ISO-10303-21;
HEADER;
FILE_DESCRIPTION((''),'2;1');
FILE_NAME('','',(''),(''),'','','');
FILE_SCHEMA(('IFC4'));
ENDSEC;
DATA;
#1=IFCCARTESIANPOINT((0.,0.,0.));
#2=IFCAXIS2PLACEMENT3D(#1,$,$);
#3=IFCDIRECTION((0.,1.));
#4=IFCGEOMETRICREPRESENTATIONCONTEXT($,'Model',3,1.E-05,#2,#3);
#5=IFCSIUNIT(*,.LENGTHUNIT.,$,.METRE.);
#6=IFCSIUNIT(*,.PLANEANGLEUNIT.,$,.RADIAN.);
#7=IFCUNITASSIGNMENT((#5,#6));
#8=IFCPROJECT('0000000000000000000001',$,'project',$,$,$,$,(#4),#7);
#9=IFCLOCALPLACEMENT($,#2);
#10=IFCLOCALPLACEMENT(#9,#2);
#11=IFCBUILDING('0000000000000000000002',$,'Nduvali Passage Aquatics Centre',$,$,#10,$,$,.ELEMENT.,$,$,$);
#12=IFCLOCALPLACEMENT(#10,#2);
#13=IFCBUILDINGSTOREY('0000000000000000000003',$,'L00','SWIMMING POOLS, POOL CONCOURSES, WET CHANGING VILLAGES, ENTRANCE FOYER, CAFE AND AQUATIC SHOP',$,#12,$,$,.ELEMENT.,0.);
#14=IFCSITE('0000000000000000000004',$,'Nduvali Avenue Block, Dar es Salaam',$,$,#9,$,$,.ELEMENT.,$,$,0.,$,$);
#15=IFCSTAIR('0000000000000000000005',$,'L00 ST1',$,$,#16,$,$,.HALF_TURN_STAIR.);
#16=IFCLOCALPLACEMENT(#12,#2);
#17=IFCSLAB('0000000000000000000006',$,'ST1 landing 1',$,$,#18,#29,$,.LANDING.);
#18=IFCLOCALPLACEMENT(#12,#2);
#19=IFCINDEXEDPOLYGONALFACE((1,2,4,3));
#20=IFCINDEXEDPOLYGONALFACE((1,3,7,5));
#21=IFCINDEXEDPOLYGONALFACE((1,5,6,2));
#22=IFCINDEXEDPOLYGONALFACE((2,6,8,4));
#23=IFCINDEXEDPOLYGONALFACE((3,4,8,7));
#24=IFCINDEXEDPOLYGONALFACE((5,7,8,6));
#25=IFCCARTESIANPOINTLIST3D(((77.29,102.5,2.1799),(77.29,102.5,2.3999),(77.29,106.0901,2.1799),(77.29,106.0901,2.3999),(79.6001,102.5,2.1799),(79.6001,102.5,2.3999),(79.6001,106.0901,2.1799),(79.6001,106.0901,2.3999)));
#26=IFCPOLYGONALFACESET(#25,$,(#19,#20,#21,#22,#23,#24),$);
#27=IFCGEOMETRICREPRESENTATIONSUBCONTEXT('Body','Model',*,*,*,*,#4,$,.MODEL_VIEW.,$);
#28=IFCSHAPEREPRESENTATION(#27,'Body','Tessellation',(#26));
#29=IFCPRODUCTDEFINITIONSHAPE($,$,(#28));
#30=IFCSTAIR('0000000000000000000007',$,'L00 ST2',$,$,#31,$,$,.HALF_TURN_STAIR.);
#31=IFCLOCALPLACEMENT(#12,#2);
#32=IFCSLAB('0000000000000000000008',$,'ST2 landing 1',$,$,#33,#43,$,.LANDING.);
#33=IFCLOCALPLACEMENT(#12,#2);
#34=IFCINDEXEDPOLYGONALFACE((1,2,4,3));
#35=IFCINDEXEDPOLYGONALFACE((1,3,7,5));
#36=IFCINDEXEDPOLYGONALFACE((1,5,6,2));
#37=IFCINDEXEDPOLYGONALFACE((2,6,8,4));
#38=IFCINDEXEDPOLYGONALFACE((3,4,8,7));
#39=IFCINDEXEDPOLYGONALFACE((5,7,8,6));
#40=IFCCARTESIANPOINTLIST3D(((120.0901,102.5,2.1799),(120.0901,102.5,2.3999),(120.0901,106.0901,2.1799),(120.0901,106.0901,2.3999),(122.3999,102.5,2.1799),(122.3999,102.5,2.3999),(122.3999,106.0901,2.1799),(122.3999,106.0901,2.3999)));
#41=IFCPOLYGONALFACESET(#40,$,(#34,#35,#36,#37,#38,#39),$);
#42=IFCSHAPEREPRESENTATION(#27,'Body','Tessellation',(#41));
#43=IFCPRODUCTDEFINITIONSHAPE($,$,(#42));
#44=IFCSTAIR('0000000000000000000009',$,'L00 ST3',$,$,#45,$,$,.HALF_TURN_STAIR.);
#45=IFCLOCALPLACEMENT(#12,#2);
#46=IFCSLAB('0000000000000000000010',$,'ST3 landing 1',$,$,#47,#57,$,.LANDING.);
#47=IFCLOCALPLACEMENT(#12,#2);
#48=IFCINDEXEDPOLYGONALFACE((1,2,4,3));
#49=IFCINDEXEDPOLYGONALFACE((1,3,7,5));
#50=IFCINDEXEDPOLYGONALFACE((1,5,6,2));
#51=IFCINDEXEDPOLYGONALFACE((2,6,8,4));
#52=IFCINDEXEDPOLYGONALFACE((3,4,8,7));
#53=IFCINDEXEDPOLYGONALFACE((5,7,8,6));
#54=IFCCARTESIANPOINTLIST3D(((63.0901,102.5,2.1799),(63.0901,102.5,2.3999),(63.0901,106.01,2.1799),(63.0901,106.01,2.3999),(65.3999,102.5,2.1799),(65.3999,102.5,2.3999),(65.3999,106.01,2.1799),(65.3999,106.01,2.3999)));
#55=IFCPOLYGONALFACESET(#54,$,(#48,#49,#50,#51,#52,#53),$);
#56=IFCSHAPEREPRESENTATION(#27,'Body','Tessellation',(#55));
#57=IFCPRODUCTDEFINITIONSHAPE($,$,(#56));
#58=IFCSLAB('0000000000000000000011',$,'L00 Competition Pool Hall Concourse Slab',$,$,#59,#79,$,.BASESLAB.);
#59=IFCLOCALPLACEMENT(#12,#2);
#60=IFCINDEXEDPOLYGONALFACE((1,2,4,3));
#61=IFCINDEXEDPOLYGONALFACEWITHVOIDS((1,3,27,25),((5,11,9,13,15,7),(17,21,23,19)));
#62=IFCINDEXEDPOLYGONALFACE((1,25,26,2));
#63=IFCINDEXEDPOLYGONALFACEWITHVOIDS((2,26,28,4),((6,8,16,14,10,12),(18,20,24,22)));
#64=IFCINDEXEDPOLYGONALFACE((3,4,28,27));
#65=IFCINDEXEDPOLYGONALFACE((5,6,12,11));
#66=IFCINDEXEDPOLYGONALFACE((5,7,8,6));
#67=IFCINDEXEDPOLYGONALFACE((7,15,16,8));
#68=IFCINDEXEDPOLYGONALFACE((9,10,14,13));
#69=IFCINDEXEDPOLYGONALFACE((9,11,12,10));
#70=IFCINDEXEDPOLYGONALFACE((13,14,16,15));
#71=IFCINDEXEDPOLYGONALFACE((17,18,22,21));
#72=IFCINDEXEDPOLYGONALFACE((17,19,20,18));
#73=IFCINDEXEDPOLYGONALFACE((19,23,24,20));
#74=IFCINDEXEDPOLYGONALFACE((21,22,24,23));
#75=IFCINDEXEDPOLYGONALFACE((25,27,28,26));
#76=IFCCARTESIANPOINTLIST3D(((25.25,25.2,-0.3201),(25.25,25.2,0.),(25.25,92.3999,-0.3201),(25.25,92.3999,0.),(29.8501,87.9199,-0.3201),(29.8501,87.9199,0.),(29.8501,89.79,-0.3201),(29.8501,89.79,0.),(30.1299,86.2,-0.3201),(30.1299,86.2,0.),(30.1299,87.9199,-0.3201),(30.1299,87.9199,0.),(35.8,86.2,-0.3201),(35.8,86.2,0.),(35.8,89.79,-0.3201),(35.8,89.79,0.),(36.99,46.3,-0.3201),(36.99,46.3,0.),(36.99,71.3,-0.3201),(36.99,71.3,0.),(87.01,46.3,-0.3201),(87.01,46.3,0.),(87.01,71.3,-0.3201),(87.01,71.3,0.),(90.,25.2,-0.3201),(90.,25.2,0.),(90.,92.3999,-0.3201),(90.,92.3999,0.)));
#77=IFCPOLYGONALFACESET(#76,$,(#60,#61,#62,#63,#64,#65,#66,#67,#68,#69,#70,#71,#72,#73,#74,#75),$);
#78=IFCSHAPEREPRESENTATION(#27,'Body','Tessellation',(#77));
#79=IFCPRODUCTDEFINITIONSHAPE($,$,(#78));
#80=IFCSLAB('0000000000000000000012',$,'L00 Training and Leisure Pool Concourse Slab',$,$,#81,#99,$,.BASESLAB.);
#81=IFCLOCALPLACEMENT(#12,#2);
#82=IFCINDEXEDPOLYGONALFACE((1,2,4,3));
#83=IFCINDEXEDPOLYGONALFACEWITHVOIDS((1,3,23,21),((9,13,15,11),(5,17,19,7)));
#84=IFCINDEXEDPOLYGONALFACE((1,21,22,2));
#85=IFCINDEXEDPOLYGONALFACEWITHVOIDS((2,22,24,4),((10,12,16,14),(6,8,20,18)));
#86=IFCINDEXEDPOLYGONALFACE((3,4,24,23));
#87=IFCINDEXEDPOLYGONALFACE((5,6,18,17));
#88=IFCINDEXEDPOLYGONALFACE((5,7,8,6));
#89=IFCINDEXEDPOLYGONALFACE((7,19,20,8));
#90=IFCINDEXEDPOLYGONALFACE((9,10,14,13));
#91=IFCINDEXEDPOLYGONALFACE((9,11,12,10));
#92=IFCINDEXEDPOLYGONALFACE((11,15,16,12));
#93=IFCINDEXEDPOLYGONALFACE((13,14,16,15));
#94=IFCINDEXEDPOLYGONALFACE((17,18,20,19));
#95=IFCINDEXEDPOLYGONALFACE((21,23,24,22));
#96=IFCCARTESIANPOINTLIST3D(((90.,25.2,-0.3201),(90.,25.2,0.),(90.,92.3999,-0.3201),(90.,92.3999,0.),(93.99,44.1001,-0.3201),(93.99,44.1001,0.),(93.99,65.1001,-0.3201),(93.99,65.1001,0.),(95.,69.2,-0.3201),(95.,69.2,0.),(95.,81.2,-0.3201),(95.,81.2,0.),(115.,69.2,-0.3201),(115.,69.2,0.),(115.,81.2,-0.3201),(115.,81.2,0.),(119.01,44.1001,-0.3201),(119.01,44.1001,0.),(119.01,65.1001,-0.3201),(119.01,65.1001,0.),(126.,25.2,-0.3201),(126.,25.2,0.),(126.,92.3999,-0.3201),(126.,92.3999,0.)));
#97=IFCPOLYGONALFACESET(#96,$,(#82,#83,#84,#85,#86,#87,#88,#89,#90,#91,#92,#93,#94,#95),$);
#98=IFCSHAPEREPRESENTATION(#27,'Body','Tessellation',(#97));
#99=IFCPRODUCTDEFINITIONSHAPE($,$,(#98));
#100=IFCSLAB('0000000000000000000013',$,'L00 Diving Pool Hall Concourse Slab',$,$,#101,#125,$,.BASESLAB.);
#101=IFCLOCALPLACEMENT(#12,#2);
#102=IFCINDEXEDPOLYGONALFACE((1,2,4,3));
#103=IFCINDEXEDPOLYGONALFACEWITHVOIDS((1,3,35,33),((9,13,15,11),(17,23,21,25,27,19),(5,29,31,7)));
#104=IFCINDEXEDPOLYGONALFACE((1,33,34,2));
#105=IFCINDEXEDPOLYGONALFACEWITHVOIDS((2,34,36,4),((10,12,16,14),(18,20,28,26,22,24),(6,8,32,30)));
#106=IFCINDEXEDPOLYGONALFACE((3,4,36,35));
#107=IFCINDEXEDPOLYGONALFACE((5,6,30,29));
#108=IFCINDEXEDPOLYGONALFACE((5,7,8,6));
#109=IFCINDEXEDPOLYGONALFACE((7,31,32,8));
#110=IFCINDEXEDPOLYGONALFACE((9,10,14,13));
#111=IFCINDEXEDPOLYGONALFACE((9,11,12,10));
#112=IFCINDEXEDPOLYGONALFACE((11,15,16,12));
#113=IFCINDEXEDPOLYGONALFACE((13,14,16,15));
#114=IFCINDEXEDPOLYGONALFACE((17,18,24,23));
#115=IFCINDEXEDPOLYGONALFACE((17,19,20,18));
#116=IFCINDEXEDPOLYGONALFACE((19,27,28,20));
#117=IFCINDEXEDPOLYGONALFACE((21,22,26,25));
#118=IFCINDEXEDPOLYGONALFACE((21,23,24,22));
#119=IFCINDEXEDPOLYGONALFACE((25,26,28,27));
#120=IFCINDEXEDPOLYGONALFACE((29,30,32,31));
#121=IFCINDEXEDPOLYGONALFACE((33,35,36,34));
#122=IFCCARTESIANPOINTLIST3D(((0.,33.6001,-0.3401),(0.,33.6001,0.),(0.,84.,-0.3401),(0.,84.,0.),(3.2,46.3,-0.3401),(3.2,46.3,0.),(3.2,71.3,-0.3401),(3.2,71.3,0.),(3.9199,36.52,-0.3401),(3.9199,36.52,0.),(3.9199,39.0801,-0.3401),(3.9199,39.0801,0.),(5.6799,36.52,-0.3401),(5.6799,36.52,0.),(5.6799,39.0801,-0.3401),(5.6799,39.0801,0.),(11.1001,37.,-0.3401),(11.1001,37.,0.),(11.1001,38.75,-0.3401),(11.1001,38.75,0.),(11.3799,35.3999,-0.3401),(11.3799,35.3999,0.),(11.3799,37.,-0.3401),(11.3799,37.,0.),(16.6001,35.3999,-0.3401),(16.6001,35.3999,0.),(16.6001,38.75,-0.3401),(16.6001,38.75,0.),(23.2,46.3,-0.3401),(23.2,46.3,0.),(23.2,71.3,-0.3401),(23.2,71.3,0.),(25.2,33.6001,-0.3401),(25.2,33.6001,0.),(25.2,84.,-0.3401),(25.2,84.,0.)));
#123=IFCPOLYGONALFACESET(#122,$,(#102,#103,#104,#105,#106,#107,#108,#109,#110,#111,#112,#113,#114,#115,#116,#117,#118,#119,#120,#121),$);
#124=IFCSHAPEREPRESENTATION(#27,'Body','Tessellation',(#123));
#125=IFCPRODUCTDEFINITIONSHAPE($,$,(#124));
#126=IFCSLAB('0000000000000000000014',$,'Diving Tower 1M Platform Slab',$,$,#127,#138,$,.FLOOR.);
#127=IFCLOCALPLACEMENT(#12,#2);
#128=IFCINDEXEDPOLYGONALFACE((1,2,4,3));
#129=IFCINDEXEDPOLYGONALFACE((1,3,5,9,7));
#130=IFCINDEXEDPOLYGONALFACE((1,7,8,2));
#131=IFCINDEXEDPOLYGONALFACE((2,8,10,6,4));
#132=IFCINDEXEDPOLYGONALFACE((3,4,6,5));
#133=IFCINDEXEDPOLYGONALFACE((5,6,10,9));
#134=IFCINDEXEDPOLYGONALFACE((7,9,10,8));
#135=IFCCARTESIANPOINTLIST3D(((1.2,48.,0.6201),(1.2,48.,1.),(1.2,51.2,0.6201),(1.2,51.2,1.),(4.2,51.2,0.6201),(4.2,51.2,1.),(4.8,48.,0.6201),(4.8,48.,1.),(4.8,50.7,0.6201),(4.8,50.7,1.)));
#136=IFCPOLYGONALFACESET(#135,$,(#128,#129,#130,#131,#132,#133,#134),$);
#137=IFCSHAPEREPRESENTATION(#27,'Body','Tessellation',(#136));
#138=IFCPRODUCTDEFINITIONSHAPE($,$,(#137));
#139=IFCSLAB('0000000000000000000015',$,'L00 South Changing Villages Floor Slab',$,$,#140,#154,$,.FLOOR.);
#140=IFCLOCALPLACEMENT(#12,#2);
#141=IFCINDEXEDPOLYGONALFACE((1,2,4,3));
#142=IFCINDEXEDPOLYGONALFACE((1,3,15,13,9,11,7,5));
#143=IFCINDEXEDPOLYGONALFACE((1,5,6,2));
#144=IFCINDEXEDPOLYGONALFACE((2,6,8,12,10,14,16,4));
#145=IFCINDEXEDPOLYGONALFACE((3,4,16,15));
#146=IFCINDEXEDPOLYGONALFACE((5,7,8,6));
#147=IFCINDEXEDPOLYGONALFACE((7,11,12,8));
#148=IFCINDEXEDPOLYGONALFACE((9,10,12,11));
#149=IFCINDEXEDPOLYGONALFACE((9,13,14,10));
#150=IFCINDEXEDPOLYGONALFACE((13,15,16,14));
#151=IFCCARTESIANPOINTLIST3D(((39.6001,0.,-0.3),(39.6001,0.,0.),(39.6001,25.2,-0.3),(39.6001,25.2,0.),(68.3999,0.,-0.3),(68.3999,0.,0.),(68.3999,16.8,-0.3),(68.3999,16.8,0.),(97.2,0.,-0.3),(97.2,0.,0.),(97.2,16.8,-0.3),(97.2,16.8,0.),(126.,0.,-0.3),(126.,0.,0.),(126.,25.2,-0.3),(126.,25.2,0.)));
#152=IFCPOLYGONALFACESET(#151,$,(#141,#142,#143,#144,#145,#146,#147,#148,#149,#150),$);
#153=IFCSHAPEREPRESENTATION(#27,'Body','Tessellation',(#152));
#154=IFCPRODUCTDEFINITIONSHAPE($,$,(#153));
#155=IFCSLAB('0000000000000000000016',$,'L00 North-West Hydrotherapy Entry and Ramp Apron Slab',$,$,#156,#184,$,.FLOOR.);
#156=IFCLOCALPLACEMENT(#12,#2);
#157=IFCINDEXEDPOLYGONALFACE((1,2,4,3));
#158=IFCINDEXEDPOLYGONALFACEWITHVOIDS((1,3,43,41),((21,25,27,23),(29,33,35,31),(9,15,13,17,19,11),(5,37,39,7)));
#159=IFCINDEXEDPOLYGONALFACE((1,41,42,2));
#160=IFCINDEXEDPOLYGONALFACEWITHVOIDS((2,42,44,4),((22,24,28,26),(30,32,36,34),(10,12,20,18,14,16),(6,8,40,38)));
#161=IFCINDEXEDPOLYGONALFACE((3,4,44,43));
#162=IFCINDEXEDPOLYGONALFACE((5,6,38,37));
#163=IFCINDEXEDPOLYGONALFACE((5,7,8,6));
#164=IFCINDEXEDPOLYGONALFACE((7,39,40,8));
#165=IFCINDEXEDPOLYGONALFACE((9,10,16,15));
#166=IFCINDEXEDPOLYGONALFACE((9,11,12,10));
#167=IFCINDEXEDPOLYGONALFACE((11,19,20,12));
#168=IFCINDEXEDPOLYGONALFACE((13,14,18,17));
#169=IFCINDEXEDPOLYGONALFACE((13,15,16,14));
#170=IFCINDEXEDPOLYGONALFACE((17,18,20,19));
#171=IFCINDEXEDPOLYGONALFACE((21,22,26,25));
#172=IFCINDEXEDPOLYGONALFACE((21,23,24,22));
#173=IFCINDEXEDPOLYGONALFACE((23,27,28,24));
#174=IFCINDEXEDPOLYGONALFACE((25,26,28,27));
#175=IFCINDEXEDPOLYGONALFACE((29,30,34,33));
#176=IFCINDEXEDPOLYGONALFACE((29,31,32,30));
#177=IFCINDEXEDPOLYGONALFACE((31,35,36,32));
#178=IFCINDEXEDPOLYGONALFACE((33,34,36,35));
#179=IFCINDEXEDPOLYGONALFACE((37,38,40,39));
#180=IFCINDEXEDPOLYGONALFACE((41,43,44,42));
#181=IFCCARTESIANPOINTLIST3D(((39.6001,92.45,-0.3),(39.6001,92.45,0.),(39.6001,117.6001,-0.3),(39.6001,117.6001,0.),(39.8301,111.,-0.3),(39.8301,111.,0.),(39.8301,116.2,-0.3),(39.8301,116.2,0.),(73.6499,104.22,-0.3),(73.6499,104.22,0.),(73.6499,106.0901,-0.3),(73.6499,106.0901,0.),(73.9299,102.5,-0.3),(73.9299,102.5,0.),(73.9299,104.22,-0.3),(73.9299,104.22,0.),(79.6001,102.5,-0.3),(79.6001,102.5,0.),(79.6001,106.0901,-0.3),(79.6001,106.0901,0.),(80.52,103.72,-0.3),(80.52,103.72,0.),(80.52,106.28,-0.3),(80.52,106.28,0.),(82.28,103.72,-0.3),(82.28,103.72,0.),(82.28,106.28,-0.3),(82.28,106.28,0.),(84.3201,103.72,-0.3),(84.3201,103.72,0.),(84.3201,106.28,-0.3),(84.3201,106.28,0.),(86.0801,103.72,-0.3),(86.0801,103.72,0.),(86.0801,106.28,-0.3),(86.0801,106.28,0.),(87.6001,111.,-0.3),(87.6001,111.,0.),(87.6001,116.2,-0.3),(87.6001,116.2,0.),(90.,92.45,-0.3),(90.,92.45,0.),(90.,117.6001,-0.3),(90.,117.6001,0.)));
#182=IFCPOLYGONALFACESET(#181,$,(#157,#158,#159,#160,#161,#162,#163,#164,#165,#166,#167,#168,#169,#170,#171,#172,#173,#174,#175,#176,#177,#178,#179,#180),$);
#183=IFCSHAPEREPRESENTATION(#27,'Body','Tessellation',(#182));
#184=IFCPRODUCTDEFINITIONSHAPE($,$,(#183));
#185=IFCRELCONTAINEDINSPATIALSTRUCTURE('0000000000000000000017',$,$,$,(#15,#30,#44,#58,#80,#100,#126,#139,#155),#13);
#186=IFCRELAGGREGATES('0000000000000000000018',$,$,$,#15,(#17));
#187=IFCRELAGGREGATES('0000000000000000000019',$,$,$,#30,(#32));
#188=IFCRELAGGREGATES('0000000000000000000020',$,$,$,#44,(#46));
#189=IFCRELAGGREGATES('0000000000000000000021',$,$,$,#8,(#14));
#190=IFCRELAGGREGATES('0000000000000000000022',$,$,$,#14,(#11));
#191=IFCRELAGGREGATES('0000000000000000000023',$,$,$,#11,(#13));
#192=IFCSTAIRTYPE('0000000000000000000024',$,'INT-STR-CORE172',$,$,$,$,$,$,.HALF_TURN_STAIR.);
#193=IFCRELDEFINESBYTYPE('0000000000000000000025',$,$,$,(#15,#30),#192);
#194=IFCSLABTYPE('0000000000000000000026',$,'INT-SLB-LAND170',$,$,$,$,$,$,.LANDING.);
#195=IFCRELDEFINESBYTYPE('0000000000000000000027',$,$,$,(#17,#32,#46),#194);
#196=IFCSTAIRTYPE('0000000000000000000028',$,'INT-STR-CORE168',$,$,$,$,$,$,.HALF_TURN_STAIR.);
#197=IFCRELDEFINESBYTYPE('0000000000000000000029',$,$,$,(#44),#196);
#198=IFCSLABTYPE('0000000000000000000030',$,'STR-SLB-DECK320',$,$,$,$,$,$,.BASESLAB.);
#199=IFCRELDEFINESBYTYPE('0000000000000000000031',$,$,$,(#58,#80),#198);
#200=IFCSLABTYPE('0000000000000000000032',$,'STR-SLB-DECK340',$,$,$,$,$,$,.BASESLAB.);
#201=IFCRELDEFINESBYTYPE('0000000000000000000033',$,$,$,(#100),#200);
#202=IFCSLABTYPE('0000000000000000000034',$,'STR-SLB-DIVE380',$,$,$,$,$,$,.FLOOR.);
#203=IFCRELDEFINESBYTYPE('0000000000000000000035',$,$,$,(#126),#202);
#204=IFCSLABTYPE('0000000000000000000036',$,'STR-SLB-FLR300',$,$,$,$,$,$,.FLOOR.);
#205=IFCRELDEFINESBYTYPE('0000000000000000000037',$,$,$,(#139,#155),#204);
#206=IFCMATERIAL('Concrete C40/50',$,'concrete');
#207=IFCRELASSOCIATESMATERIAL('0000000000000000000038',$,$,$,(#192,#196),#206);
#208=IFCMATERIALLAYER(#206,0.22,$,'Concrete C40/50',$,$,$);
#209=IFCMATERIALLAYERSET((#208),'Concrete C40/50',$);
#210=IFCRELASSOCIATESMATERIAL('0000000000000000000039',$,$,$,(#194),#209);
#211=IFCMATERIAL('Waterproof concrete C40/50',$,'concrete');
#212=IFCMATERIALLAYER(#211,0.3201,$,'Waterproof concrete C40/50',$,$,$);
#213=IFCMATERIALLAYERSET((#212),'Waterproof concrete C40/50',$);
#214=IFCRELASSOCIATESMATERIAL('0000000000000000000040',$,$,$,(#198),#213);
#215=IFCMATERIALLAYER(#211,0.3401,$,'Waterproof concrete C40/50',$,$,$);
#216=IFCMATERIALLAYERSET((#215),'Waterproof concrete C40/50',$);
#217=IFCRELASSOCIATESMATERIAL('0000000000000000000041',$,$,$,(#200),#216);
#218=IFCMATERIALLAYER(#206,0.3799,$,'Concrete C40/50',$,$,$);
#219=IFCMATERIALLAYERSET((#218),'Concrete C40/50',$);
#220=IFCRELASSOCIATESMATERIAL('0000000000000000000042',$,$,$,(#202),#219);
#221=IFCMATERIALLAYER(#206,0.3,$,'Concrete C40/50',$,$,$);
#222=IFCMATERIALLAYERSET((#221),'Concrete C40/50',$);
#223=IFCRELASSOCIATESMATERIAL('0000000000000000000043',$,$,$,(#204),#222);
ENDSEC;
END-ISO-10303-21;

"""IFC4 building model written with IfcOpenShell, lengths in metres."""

from ifc_helpers import new_model, si_unit, direction, frame, origin, place, context, subcontext, project, spatial, polyline, outline, extrude, material, layer, layer_set, type_object, element, aggregate, save


model = new_model("IFC4")

# Units and contexts
model_context = context("Model", 3, precision=1e-05, world=origin(), true_north=direction((0.0, 1.0)))
body_context = subcontext(model_context, "Body", "Model", "MODEL_VIEW")
ifc_project = project(units=[si_unit("LENGTHUNIT", "METRE"), si_unit("PLANEANGLEUNIT", "RADIAN")], contexts=[model_context])

# Site, building, storey
site_placement = place(None, origin())
site = spatial("IfcSite", under=ifc_project, at=site_placement, Name="Nduvali Avenue Block, Dar es Salaam", CompositionType="ELEMENT", RefElevation=0.0)
building_placement = place(site_placement, origin())
building = spatial("IfcBuilding", under=site, at=building_placement, Name="Nduvali Passage Aquatics Centre", CompositionType="ELEMENT")
storey_placement = place(building_placement, origin())
storey = spatial("IfcBuildingStorey", under=building, at=storey_placement, Name="L00", Description="SWIMMING POOLS, POOL CONCOURSES, WET CHANGING VILLAGES, ENTRANCE FOYER, CAFE AND AQUATIC SHOP", CompositionType="ELEMENT", Elevation=0.0)

# Stairs, slabs
ifc_material_1 = material(Name="Concrete C40/50", Category="concrete")
stair_type_1 = type_object("IfcStairType", Name="INT-STR-CORE172", PredefinedType="HALF_TURN_STAIR", material=ifc_material_1)
stair_1_placement = place(storey_placement, origin())
stair_1 = element("IfcStair", 1, at=stair_1_placement, inside=storey, type_object=stair_type_1, Name="L00 ST1", PredefinedType="HALF_TURN_STAIR")
ifc_layer_1 = layer(ifc_material_1, 0.22, Name="Concrete C40/50")
ifc_layer_set_1 = layer_set([ifc_layer_1], Name="Concrete C40/50")
slab_type_1 = type_object("IfcSlabType", Name="INT-SLB-LAND170", PredefinedType="LANDING", material=ifc_layer_set_1)
slab_1_placement = place(storey_placement, frame((0.0, 0.0, 2.1799)))
slab_1 = element("IfcSlab", 2, at=slab_1_placement, type_object=slab_type_1, Name="ST1 landing 1", PredefinedType="LANDING", context=body_context, shape_type="SweptSolid", body=[
    extrude(outline(polyline([(77.29, 102.5), (79.6001, 102.5), (79.6001, 106.0901), (77.29, 106.0901), (77.29, 102.5)])), origin(), (0.0, 0.0, 1.0), 0.22),
])
aggregate(stair_1, [slab_1])
stair_2_placement = place(storey_placement, origin())
stair_2 = element("IfcStair", 3, at=stair_2_placement, inside=storey, type_object=stair_type_1, Name="L00 ST2", PredefinedType="HALF_TURN_STAIR")
slab_2_placement = place(storey_placement, frame((0.0, 0.0, 2.1799)))
slab_2 = element("IfcSlab", 4, at=slab_2_placement, type_object=slab_type_1, Name="ST2 landing 1", PredefinedType="LANDING", context=body_context, shape_type="SweptSolid", body=[
    extrude(outline(polyline([(120.0901, 102.5), (122.3999, 102.5), (122.3999, 106.0901), (120.0901, 106.0901), (120.0901, 102.5)])), origin(), (0.0, 0.0, 1.0), 0.22),
])
aggregate(stair_2, [slab_2])
stair_type_2 = type_object("IfcStairType", Name="INT-STR-CORE168", PredefinedType="HALF_TURN_STAIR", material=ifc_material_1)
stair_3_placement = place(storey_placement, origin())
stair_3 = element("IfcStair", 5, at=stair_3_placement, inside=storey, type_object=stair_type_2, Name="L00 ST3", PredefinedType="HALF_TURN_STAIR")
slab_3_placement = place(storey_placement, frame((0.0, 0.0, 2.1799)))
slab_3 = element("IfcSlab", 6, at=slab_3_placement, type_object=slab_type_1, Name="ST3 landing 1", PredefinedType="LANDING", context=body_context, shape_type="SweptSolid", body=[
    extrude(outline(polyline([(63.0901, 102.5), (65.3999, 102.5), (65.3999, 106.01), (63.0901, 106.01), (63.0901, 102.5)])), origin(), (0.0, 0.0, 1.0), 0.22),
])
aggregate(stair_3, [slab_3])

# Slabs
ifc_material_2 = material(Name="Waterproof concrete C40/50", Category="concrete")
ifc_layer_2 = layer(ifc_material_2, 0.3201, Name="Waterproof concrete C40/50")
ifc_layer_set_2 = layer_set([ifc_layer_2], Name="Waterproof concrete C40/50")
slab_type_2 = type_object("IfcSlabType", Name="STR-SLB-DECK320", PredefinedType="BASESLAB", material=ifc_layer_set_2)
slab_4_placement = place(storey_placement, frame((0.0, 0.0, -0.3201)))
element("IfcSlab", 7, at=slab_4_placement, inside=storey, type_object=slab_type_2, Name="L00 Competition Pool Hall Concourse Slab", PredefinedType="BASESLAB", context=body_context, shape_type="SweptSolid", body=[
    extrude(outline(polyline([(25.25, 25.2), (90.0, 25.2), (90.0, 92.3999), (25.25, 92.3999), (25.25, 25.2)]), holes=[polyline([(30.1299, 86.2), (35.8, 86.2), (35.8, 89.79), (29.8501, 89.79), (29.8501, 87.9199), (30.1299, 87.9199), (30.1299, 86.2)]), polyline([(36.99, 46.3), (87.01, 46.3), (87.01, 71.3), (36.99, 71.3), (36.99, 46.3)])]), origin(), (0.0, 0.0, 1.0), 0.3201),
])
slab_5_placement = place(storey_placement, frame((0.0, 0.0, -0.3201)))
element("IfcSlab", 8, at=slab_5_placement, inside=storey, type_object=slab_type_2, Name="L00 Training and Leisure Pool Concourse Slab", PredefinedType="BASESLAB", context=body_context, shape_type="SweptSolid", body=[
    extrude(outline(polyline([(90.0, 25.2), (126.0, 25.2), (126.0, 92.3999), (90.0, 92.3999), (90.0, 25.2)]), holes=[polyline([(93.99, 44.1001), (119.01, 44.1001), (119.01, 65.1001), (93.99, 65.1001), (93.99, 44.1001)]), polyline([(95.0, 69.2), (115.0, 69.2), (115.0, 81.2), (95.0, 81.2), (95.0, 69.2)])]), origin(), (0.0, 0.0, 1.0), 0.3201),
])
ifc_layer_3 = layer(ifc_material_2, 0.3401, Name="Waterproof concrete C40/50")
ifc_layer_set_3 = layer_set([ifc_layer_3], Name="Waterproof concrete C40/50")
slab_type_3 = type_object("IfcSlabType", Name="STR-SLB-DECK340", PredefinedType="BASESLAB", material=ifc_layer_set_3)
slab_6_placement = place(storey_placement, frame((0.0, 0.0, -0.3401)))
element("IfcSlab", 9, at=slab_6_placement, inside=storey, type_object=slab_type_3, Name="L00 Diving Pool Hall Concourse Slab", PredefinedType="BASESLAB", context=body_context, shape_type="SweptSolid", body=[
    extrude(outline(polyline([(0.0, 33.6001), (25.2, 33.6001), (25.2, 84.0), (0.0, 84.0), (0.0, 33.6001)]), holes=[polyline([(11.3799, 35.3999), (16.6001, 35.3999), (16.6001, 38.75), (11.1001, 38.75), (11.1001, 37.0), (11.3799, 37.0), (11.3799, 35.3999)]), polyline([(3.9199, 36.52), (5.6799, 36.52), (5.6799, 39.0801), (3.9199, 39.0801), (3.9199, 36.52)]), polyline([(3.2, 46.3), (23.2, 46.3), (23.2, 71.3), (3.2, 71.3), (3.2, 46.3)])]), origin(), (0.0, 0.0, 1.0), 0.3401),
])
ifc_layer_4 = layer(ifc_material_1, 0.3799, Name="Concrete C40/50")
ifc_layer_set_4 = layer_set([ifc_layer_4], Name="Concrete C40/50")
slab_type_4 = type_object("IfcSlabType", Name="STR-SLB-DIVE380", PredefinedType="FLOOR", material=ifc_layer_set_4)
slab_7_placement = place(storey_placement, frame((0.0, 0.0, 0.6201)))
element("IfcSlab", 10, at=slab_7_placement, inside=storey, type_object=slab_type_4, Name="Diving Tower 1M Platform Slab", PredefinedType="FLOOR", context=body_context, shape_type="SweptSolid", body=[
    extrude(outline(polyline([(1.2, 48.0), (4.8, 48.0), (4.8, 50.7), (4.2, 51.2), (1.2, 51.2), (1.2, 48.0)])), origin(), (0.0, 0.0, 1.0), 0.3799),
])
ifc_layer_5 = layer(ifc_material_1, 0.3, Name="Concrete C40/50")
ifc_layer_set_5 = layer_set([ifc_layer_5], Name="Concrete C40/50")
slab_type_5 = type_object("IfcSlabType", Name="STR-SLB-FLR300", PredefinedType="FLOOR", material=ifc_layer_set_5)
slab_8_placement = place(storey_placement, frame((0.0, 0.0, -0.3)))
element("IfcSlab", 11, at=slab_8_placement, inside=storey, type_object=slab_type_5, Name="L00 South Changing Villages Floor Slab", PredefinedType="FLOOR", context=body_context, shape_type="SweptSolid", body=[
    extrude(outline(polyline([(39.6001, 0.0), (68.3999, 0.0), (68.3999, 16.8), (97.2, 16.8), (97.2, 0.0), (126.0, 0.0), (126.0, 25.2), (39.6001, 25.2), (39.6001, 0.0)])), origin(), (0.0, 0.0, 1.0), 0.3),
])
slab_9_placement = place(storey_placement, frame((0.0, 0.0, -0.3)))
element("IfcSlab", 12, at=slab_9_placement, inside=storey, type_object=slab_type_5, Name="L00 North-West Hydrotherapy Entry and Ramp Apron Slab", PredefinedType="FLOOR", context=body_context, shape_type="SweptSolid", body=[
    extrude(outline(polyline([(39.6001, 92.45), (90.0, 92.45), (90.0, 117.6001), (39.6001, 117.6001), (39.6001, 92.45)]), holes=[polyline([(73.9299, 102.5), (79.6001, 102.5), (79.6001, 106.0901), (73.6499, 106.0901), (73.6499, 104.22), (73.9299, 104.22), (73.9299, 102.5)]), polyline([(80.52, 103.72), (82.28, 103.72), (82.28, 106.28), (80.52, 106.28), (80.52, 103.72)]), polyline([(84.3201, 103.72), (86.0801, 103.72), (86.0801, 106.28), (84.3201, 106.28), (84.3201, 103.72)]), polyline([(39.8301, 111.0), (87.6001, 111.0), (87.6001, 116.2), (39.8301, 116.2), (39.8301, 111.0)])]), origin(), (0.0, 0.0, 1.0), 0.3),
])

save(model, "model.ifc")
